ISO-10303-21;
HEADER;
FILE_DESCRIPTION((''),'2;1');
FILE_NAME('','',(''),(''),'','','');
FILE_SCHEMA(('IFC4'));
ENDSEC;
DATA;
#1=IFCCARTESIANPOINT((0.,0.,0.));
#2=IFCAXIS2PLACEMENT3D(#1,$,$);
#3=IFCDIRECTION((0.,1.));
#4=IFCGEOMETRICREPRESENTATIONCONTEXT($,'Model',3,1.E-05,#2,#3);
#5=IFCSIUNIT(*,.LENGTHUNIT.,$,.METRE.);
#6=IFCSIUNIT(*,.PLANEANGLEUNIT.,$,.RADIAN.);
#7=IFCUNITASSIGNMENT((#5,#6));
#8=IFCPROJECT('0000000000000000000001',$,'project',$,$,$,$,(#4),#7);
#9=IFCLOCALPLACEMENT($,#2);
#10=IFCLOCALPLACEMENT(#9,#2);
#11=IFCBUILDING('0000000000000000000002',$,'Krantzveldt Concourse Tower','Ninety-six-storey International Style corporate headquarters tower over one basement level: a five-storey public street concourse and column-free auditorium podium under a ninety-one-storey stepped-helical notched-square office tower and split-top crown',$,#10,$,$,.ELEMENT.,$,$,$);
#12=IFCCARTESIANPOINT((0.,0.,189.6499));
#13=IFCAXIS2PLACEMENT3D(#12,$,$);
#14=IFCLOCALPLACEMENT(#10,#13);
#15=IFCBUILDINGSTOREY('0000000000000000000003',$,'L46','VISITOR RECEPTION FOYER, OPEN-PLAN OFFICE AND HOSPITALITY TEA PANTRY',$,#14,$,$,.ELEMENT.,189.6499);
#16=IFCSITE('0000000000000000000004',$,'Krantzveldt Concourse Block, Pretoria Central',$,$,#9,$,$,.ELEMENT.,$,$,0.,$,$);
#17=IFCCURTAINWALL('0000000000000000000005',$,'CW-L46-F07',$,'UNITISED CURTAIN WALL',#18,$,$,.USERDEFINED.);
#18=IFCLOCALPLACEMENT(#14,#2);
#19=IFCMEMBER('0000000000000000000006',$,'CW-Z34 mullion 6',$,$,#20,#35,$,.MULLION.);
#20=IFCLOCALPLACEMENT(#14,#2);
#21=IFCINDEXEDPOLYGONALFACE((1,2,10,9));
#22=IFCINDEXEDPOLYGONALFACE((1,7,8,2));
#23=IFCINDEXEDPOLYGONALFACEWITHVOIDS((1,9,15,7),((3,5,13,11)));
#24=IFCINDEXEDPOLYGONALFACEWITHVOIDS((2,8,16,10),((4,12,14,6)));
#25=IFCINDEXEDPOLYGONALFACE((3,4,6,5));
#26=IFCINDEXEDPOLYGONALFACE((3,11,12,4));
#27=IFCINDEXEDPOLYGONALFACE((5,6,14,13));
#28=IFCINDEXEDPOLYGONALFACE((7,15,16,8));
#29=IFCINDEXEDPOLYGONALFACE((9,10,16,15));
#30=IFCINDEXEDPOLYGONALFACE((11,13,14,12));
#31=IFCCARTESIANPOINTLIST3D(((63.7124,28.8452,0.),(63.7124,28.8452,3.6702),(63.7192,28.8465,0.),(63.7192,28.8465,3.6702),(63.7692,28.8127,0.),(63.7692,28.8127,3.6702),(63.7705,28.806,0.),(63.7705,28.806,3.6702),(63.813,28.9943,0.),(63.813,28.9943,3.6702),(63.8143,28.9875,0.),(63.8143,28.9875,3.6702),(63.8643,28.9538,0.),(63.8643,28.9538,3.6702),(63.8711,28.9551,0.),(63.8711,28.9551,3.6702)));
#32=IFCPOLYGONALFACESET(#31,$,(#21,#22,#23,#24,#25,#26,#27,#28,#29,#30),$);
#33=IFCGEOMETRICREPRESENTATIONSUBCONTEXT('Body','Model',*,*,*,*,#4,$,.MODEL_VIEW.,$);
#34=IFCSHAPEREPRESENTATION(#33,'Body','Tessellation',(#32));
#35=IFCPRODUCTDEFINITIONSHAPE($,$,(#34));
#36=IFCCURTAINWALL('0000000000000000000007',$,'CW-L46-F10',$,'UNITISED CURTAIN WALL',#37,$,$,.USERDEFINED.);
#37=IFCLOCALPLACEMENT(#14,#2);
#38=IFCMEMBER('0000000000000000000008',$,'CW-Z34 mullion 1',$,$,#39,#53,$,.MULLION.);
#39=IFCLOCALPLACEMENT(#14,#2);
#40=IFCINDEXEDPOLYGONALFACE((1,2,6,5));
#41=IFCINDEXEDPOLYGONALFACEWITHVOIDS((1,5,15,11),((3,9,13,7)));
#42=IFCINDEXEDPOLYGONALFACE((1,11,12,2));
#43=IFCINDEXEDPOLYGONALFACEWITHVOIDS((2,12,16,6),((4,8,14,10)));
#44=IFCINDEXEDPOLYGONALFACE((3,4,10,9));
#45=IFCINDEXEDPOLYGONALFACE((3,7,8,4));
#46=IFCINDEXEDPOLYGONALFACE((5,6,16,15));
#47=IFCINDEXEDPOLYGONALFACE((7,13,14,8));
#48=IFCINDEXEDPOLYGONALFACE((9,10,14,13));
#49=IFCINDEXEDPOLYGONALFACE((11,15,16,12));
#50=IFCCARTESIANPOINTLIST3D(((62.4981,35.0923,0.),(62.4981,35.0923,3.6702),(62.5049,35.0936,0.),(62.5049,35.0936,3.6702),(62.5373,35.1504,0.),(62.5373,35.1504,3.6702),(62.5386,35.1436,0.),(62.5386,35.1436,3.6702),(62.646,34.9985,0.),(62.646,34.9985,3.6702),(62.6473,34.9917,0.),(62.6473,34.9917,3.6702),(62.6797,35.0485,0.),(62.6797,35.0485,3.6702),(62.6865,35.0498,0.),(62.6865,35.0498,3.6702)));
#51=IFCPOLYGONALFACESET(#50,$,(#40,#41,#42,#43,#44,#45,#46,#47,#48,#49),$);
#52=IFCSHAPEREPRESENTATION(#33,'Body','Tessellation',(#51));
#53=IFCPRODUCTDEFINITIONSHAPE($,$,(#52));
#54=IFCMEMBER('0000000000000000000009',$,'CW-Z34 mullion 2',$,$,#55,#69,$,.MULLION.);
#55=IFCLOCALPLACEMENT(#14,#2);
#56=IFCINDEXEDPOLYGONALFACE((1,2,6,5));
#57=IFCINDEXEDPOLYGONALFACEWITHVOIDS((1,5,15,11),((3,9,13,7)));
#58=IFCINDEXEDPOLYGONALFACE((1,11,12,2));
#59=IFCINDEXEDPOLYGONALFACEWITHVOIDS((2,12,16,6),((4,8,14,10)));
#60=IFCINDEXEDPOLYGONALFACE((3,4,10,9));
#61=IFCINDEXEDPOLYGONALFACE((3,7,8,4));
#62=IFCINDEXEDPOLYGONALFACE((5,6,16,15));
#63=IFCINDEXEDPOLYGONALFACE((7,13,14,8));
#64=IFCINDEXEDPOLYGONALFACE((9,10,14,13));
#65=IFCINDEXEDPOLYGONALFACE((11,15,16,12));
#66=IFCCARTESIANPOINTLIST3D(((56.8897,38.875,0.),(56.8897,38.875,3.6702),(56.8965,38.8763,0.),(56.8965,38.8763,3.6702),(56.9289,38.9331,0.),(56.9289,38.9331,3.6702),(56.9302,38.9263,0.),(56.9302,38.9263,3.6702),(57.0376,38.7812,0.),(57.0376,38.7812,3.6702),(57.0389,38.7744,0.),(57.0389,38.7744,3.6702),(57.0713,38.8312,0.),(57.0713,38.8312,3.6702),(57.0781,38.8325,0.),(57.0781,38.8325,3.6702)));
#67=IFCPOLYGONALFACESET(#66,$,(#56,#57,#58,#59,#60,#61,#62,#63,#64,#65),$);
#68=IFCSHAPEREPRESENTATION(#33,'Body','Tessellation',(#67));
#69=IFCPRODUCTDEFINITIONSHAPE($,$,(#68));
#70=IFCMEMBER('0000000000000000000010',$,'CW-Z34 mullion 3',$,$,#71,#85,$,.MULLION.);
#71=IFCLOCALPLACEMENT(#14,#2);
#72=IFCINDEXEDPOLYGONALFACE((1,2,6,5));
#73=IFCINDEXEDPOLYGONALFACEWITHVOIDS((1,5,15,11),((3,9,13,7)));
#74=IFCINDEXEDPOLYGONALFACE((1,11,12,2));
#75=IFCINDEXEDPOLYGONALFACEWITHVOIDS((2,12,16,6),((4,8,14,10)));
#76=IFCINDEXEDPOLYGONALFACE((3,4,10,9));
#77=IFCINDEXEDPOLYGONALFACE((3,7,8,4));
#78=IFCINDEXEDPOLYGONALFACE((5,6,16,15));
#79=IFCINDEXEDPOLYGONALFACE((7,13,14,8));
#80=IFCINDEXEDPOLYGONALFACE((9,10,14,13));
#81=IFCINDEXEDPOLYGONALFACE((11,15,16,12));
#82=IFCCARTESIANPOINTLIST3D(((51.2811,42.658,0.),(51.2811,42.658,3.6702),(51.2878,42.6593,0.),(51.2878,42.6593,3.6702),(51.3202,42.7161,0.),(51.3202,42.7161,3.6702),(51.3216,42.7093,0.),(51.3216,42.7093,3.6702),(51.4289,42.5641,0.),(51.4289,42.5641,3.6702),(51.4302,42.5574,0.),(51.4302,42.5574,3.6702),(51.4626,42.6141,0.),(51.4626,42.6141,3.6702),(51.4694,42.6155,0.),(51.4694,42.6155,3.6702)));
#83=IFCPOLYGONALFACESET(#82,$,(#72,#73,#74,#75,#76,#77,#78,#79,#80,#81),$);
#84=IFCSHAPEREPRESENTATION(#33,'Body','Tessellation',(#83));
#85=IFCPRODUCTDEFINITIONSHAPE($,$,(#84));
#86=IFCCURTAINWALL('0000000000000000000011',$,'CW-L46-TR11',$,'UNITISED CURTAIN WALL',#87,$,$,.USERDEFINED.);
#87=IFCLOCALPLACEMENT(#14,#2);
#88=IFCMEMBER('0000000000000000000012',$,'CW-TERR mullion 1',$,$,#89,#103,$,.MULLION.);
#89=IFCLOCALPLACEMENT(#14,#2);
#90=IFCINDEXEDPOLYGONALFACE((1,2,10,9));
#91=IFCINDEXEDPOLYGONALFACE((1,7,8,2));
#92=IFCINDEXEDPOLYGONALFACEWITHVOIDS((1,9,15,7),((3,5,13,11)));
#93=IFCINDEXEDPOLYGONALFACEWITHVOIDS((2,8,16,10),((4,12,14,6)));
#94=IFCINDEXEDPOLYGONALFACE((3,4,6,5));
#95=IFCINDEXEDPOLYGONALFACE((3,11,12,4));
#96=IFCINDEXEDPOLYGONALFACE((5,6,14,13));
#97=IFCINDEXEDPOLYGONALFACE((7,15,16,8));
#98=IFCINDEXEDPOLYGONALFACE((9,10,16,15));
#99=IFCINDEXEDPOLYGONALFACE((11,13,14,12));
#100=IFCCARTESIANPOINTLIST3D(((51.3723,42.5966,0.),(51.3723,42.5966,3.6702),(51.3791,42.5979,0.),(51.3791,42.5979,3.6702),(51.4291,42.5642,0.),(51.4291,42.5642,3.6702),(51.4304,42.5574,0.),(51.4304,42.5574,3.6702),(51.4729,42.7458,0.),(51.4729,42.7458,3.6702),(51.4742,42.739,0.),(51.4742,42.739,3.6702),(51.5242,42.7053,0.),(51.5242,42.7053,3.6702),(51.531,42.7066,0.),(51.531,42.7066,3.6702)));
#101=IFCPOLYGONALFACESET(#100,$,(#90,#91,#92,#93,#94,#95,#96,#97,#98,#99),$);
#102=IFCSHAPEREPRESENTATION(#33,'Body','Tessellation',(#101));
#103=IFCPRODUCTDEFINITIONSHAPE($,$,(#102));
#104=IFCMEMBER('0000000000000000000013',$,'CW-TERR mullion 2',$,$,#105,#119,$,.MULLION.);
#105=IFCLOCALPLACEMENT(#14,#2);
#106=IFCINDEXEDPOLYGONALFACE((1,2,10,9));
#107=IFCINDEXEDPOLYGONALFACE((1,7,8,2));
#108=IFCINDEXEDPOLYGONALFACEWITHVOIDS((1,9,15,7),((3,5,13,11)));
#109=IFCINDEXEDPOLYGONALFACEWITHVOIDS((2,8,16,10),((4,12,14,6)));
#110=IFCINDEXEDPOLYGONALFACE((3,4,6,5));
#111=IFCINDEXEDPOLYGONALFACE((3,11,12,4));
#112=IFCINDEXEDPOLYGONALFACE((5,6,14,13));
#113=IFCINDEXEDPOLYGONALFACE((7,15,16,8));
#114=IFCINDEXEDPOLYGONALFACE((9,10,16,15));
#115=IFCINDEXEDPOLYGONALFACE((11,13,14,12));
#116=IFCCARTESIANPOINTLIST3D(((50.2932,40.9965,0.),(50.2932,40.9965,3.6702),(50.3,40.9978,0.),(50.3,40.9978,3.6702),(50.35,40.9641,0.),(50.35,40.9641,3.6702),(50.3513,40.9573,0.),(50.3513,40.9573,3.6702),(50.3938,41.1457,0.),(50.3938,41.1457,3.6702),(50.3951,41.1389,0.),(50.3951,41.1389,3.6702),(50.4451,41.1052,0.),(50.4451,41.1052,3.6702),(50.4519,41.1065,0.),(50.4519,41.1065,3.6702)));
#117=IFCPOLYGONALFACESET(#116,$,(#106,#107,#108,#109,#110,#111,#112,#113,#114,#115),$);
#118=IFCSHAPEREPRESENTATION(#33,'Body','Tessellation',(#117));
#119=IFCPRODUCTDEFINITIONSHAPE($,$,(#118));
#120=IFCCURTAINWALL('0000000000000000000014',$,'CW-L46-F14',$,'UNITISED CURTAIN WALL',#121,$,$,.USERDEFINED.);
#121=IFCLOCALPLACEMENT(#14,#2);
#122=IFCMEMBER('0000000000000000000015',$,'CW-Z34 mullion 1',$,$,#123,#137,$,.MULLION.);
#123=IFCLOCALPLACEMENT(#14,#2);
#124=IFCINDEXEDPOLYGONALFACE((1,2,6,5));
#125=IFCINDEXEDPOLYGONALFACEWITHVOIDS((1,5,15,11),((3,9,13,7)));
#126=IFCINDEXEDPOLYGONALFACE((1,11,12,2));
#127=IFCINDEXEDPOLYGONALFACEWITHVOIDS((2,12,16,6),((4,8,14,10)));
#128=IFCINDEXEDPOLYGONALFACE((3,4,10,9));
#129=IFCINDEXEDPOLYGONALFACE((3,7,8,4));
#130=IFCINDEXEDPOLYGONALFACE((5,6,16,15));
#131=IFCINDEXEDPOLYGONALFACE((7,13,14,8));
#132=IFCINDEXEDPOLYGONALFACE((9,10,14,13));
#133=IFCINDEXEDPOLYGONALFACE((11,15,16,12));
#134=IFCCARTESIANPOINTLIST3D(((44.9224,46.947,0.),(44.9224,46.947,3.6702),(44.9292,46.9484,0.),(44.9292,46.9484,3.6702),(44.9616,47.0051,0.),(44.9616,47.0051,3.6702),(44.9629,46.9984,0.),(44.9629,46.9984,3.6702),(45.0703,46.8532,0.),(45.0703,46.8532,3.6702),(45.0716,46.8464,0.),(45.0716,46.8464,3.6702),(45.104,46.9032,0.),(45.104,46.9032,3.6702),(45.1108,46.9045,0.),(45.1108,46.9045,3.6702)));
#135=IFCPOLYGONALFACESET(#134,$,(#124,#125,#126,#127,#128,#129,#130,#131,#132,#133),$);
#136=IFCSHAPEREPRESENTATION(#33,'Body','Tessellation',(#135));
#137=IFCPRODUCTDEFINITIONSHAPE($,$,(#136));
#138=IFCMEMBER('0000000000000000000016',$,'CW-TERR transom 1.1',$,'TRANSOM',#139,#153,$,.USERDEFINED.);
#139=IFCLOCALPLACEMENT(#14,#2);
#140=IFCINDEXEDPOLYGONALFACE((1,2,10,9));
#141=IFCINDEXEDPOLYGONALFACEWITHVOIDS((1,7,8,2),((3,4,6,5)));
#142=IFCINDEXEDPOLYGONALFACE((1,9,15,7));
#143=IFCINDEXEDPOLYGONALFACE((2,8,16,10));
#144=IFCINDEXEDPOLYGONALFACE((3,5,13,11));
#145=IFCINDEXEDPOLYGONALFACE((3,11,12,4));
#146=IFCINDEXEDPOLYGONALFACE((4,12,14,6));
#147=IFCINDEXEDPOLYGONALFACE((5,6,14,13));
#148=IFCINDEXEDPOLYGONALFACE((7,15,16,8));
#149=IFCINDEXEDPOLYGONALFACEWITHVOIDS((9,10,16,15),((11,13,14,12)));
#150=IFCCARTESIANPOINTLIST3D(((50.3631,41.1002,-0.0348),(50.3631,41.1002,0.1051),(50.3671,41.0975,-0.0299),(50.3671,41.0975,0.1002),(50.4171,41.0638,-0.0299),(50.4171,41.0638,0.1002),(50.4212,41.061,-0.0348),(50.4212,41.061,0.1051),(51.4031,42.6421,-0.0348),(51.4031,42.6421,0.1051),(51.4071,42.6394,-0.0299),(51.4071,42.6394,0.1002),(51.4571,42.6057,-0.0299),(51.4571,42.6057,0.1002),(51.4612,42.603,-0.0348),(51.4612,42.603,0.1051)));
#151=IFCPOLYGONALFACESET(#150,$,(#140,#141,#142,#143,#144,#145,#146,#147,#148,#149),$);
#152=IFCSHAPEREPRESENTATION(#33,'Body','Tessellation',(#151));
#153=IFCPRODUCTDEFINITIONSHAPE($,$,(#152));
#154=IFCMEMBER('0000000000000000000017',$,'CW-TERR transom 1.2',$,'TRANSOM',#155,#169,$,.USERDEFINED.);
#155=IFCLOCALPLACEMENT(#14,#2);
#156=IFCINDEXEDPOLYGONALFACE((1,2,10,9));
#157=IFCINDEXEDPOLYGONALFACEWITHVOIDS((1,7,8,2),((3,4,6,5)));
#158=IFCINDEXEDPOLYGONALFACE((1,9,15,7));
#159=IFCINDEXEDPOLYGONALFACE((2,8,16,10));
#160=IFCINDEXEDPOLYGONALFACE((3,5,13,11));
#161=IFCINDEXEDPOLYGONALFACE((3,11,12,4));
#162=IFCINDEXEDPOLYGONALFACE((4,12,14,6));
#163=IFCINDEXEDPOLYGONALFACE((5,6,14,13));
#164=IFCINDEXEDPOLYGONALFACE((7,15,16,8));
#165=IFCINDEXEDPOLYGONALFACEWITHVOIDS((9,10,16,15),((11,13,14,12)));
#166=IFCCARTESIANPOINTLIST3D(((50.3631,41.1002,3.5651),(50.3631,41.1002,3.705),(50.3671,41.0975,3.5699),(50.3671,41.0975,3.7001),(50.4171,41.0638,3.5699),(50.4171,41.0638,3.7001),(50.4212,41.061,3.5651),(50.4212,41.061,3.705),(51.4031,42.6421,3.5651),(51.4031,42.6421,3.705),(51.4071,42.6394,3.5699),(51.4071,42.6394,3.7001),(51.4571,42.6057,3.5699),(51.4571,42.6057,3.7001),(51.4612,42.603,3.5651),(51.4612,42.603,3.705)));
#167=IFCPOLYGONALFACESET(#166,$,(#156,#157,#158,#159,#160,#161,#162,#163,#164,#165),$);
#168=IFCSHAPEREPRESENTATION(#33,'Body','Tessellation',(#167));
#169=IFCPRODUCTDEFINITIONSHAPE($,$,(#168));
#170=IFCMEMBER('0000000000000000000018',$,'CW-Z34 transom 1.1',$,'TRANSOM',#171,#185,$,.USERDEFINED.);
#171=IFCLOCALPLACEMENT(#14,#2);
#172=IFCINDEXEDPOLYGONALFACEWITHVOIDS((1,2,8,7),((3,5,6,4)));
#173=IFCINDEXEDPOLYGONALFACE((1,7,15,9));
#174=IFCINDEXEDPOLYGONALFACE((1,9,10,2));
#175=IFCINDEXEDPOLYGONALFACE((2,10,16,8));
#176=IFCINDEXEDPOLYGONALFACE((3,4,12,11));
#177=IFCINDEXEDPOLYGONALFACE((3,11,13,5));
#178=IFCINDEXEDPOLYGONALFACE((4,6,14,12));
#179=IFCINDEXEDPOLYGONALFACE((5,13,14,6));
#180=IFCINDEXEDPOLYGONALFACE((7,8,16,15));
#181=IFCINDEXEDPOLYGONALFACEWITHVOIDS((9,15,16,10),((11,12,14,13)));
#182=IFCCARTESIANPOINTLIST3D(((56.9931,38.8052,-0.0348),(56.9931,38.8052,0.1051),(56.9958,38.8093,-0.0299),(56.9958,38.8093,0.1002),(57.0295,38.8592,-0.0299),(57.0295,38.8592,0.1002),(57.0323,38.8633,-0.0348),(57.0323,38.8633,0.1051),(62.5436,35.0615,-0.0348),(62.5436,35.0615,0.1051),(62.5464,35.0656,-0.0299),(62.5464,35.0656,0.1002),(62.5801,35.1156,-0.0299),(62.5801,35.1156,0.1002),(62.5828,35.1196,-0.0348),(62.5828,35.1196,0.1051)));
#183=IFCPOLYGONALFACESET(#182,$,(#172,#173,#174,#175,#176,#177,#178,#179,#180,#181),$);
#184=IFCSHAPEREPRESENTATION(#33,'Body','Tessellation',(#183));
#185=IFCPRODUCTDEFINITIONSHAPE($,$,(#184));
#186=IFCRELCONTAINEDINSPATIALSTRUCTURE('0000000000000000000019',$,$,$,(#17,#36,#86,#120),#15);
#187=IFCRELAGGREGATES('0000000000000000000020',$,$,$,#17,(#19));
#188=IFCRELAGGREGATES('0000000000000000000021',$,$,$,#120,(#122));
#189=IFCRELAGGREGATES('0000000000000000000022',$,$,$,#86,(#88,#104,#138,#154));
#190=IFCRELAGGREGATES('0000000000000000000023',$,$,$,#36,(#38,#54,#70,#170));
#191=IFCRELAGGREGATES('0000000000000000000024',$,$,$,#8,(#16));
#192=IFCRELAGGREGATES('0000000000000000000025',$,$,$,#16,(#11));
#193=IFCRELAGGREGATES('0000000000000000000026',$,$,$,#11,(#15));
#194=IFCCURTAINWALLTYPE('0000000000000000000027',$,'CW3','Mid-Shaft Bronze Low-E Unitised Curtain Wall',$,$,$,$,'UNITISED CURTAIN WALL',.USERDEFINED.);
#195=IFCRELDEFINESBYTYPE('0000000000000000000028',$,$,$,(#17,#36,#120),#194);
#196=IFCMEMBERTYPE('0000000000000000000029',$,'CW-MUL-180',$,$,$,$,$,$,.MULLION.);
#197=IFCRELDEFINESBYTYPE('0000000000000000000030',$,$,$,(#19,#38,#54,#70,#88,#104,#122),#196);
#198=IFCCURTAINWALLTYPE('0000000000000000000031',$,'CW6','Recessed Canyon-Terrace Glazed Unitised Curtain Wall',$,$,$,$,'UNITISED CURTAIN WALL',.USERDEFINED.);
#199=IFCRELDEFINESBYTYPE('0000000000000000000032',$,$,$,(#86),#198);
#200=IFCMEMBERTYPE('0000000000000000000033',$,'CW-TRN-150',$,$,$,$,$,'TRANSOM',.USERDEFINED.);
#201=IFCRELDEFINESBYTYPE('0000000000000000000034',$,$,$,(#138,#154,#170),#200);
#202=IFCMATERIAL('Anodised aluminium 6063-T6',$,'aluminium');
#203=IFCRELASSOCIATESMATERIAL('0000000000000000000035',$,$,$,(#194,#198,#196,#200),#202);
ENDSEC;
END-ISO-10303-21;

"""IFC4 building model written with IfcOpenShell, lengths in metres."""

from ifc_helpers import new_model, si_unit, direction, frame, origin, origin_2d, place, context, subcontext, project, spatial, hollow_rectangle, extrude, source, transform, mapped, material, material_profile, profile_set, type_object, type_shapes, element, aggregate, save


model = new_model("IFC4")

# Units and contexts
model_context = context("Model", 3, precision=1e-05, world=origin(), true_north=direction((0.0, 1.0)))
body_context = subcontext(model_context, "Body", "Model", "MODEL_VIEW")
ifc_project = project(units=[si_unit("LENGTHUNIT", "METRE"), si_unit("PLANEANGLEUNIT", "RADIAN")], contexts=[model_context])

# Site, building, storey
site_placement = place(None, origin())
site = spatial("IfcSite", under=ifc_project, at=site_placement, Name="Krantzveldt Concourse Block, Pretoria Central", CompositionType="ELEMENT", RefElevation=0.0)
building_placement = place(site_placement, origin())
building = spatial("IfcBuilding", under=site, at=building_placement, Name="Krantzveldt Concourse Tower", Description="Ninety-six-storey International Style corporate headquarters tower over one basement level: a five-storey public street concourse and column-free auditorium podium under a ninety-one-storey stepped-helical notched-square office tower and split-top crown", CompositionType="ELEMENT")
storey_placement = place(building_placement, frame((0.0, 0.0, 189.6499)))
storey = spatial("IfcBuildingStorey", under=building, at=storey_placement, Name="L46", Description="VISITOR RECEPTION FOYER, OPEN-PLAN OFFICE AND HOSPITALITY TEA PANTRY", CompositionType="ELEMENT", Elevation=189.6499)

# Curtain wall, member
ifc_material_1 = material(Name="Anodised aluminium 6063-T6", Category="aluminium")
curtain_wall_type_1 = type_object("IfcCurtainWallType", Name="CW3", Description="Mid-Shaft Bronze Low-E Unitised Curtain Wall", ElementType="UNITISED CURTAIN WALL", PredefinedType="USERDEFINED", material=ifc_material_1)
curtain_wall_1_placement = place(storey_placement, origin())
curtain_wall_1 = element("IfcCurtainWall", 1, at=curtain_wall_1_placement, inside=storey, type_object=curtain_wall_type_1, Name="CW-L46-F07", ObjectType="UNITISED CURTAIN WALL", PredefinedType="USERDEFINED")
ifc_material_profile_1 = material_profile(ifc_material_1, hollow_rectangle(XDim=0.0701, YDim=0.1799, WallThickness=0.0049, at=origin_2d()), Name="Anodised aluminium 6063-T6", Category="aluminium")
ifc_profile_set_1 = profile_set([ifc_material_profile_1], Name="Anodised aluminium 6063-T6 - ALU-MULL 180x70x5")
member_type_1 = type_object("IfcMemberType", Name="CW-MUL-180", PredefinedType="MULLION", material=ifc_profile_set_1)
shared_shape_1 = source(origin(), body_context, "Body", "SweptSolid", [
    extrude(hollow_rectangle(XDim=0.0701, YDim=0.1799, WallThickness=0.0049, at=origin_2d()), origin(), (0.0, 0.0, 1.0), 3.6702),
])
type_shapes(member_type_1, [shared_shape_1])
member_1_placement = place(storey_placement, frame((63.7917, 28.9001, 0.0), z_axis=(0.0, 0.0, 1.0), x_axis=(-0.829038, 0.559193, 0.0)))
member_1 = element("IfcMember", 2, at=member_1_placement, type_object=member_type_1, Name="CW-Z34 mullion 6", PredefinedType="MULLION", context=body_context, shape_type="MappedRepresentation", body=[
    mapped(shared_shape_1, transform((0.0, 0.0, 0.0), x_axis=(1.0, 0.0, 0.0), y_axis=(0.0, 1.0, 0.0), z_axis=(0.0, 0.0, 1.0), scale=1.0)),
])
aggregate(curtain_wall_1, [member_1])

# Curtain walls, members
curtain_wall_2_placement = place(storey_placement, origin())
curtain_wall_2 = element("IfcCurtainWall", 3, at=curtain_wall_2_placement, inside=storey, type_object=curtain_wall_type_1, Name="CW-L46-F10", ObjectType="UNITISED CURTAIN WALL", PredefinedType="USERDEFINED")
member_2_placement = place(storey_placement, frame((62.5923, 35.071, 0.0), z_axis=(0.0, 0.0, 1.0), x_axis=(-0.559193, -0.829038, 0.0)))
member_2 = element("IfcMember", 4, at=member_2_placement, type_object=member_type_1, Name="CW-Z34 mullion 1", PredefinedType="MULLION", context=body_context, shape_type="MappedRepresentation", body=[
    mapped(shared_shape_1, transform((0.0, 0.0, 0.0), x_axis=(1.0, 0.0, 0.0), y_axis=(0.0, 1.0, 0.0), z_axis=(0.0, 0.0, 1.0), scale=1.0)),
])
member_3_placement = place(storey_placement, frame((56.9839, 38.8538, 0.0), z_axis=(0.0, 0.0, 1.0), x_axis=(-0.559193, -0.829038, 0.0)))
member_3 = element("IfcMember", 5, at=member_3_placement, type_object=member_type_1, Name="CW-Z34 mullion 2", PredefinedType="MULLION", context=body_context, shape_type="MappedRepresentation", body=[
    mapped(shared_shape_1, transform((0.0, 0.0, 0.0), x_axis=(1.0, 0.0, 0.0), y_axis=(0.0, 1.0, 0.0), z_axis=(0.0, 0.0, 1.0), scale=1.0)),
])
member_4_placement = place(storey_placement, frame((51.3752, 42.6367, 0.0), z_axis=(0.0, 0.0, 1.0), x_axis=(-0.559193, -0.829038, 0.0)))
member_4 = element("IfcMember", 6, at=member_4_placement, type_object=member_type_1, Name="CW-Z34 mullion 3", PredefinedType="MULLION", context=body_context, shape_type="MappedRepresentation", body=[
    mapped(shared_shape_1, transform((0.0, 0.0, 0.0), x_axis=(1.0, 0.0, 0.0), y_axis=(0.0, 1.0, 0.0), z_axis=(0.0, 0.0, 1.0), scale=1.0)),
])
curtain_wall_type_2 = type_object("IfcCurtainWallType", Name="CW6", Description="Recessed Canyon-Terrace Glazed Unitised Curtain Wall", ElementType="UNITISED CURTAIN WALL", PredefinedType="USERDEFINED", material=ifc_material_1)
curtain_wall_3_placement = place(storey_placement, origin())
curtain_wall_3 = element("IfcCurtainWall", 7, at=curtain_wall_3_placement, inside=storey, type_object=curtain_wall_type_2, Name="CW-L46-TR11", ObjectType="UNITISED CURTAIN WALL", PredefinedType="USERDEFINED")
member_5_placement = place(storey_placement, frame((51.4517, 42.6516, 0.0), z_axis=(0.0, 0.0, 1.0), x_axis=(0.829037, -0.559193, 0.0)))
member_5 = element("IfcMember", 8, at=member_5_placement, type_object=member_type_1, Name="CW-TERR mullion 1", PredefinedType="MULLION", context=body_context, shape_type="MappedRepresentation", body=[
    mapped(shared_shape_1, transform((0.0, 0.0, 0.0), x_axis=(1.0, 0.0, 0.0), y_axis=(0.0, 1.0, 0.0), z_axis=(0.0, 0.0, 1.0), scale=1.0)),
])
member_6_placement = place(storey_placement, frame((50.3726, 41.0515, 0.0), z_axis=(0.0, 0.0, 1.0), x_axis=(0.829037, -0.559193, 0.0)))
member_6 = element("IfcMember", 9, at=member_6_placement, type_object=member_type_1, Name="CW-TERR mullion 2", PredefinedType="MULLION", context=body_context, shape_type="MappedRepresentation", body=[
    mapped(shared_shape_1, transform((0.0, 0.0, 0.0), x_axis=(1.0, 0.0, 0.0), y_axis=(0.0, 1.0, 0.0), z_axis=(0.0, 0.0, 1.0), scale=1.0)),
])

# Curtain wall, member
curtain_wall_4_placement = place(storey_placement, origin())
curtain_wall_4 = element("IfcCurtainWall", 10, at=curtain_wall_4_placement, inside=storey, type_object=curtain_wall_type_1, Name="CW-L46-F14", ObjectType="UNITISED CURTAIN WALL", PredefinedType="USERDEFINED")
member_7_placement = place(storey_placement, frame((45.0166, 46.9258, 0.0), z_axis=(0.0, 0.0, 1.0), x_axis=(-0.559193, -0.829038, 0.0)))
member_7 = element("IfcMember", 11, at=member_7_placement, type_object=member_type_1, Name="CW-Z34 mullion 1", PredefinedType="MULLION", context=body_context, shape_type="MappedRepresentation", body=[
    mapped(shared_shape_1, transform((0.0, 0.0, 0.0), x_axis=(1.0, 0.0, 0.0), y_axis=(0.0, 1.0, 0.0), z_axis=(0.0, 0.0, 1.0), scale=1.0)),
])
aggregate(curtain_wall_4, [member_7])

# Members
ifc_material_profile_2 = material_profile(ifc_material_1, hollow_rectangle(XDim=0.0701, YDim=0.1399, WallThickness=0.0049, at=origin_2d()), Name="Anodised aluminium 6063-T6", Category="aluminium")
ifc_profile_set_2 = profile_set([ifc_material_profile_2], Name="Anodised aluminium 6063-T6 - ALU-TRAN 140x70x5")
member_type_2 = type_object("IfcMemberType", Name="CW-TRN-150", ElementType="TRANSOM", PredefinedType="USERDEFINED", material=ifc_profile_set_2)
shared_shape_2 = source(origin(), body_context, "Body", "SweptSolid", [
    extrude(hollow_rectangle(XDim=0.0701, YDim=0.1399, WallThickness=0.0049, at=origin_2d()), origin(), (0.0, 0.0, 1.0), 1.8599),
])
member_8_placement = place(storey_placement, frame((51.4321, 42.6226, 0.0352), z_axis=(-0.559175, -0.829049, 0.0), x_axis=(0.829049, -0.559175, 0.0)))
member_8 = element("IfcMember", 12, at=member_8_placement, type_object=member_type_2, Name="CW-TERR transom 1.1", ObjectType="TRANSOM", PredefinedType="USERDEFINED", context=body_context, shape_type="MappedRepresentation", body=[
    mapped(shared_shape_2, transform((0.0, 0.0, 0.0), x_axis=(1.0, 0.0, 0.0), y_axis=(0.0, 1.0, 0.0), z_axis=(0.0, 0.0, 1.0), scale=1.0)),
])
member_9_placement = place(storey_placement, frame((51.4321, 42.6226, 3.635), z_axis=(-0.559175, -0.829049, 0.0), x_axis=(0.829049, -0.559175, 0.0)))
member_9 = element("IfcMember", 13, at=member_9_placement, type_object=member_type_2, Name="CW-TERR transom 1.2", ObjectType="TRANSOM", PredefinedType="USERDEFINED", context=body_context, shape_type="MappedRepresentation", body=[
    mapped(shared_shape_2, transform((0.0, 0.0, 0.0), x_axis=(1.0, 0.0, 0.0), y_axis=(0.0, 1.0, 0.0), z_axis=(0.0, 0.0, 1.0), scale=1.0)),
])
shared_shape_3 = source(origin(), body_context, "Body", "SweptSolid", [
    extrude(hollow_rectangle(XDim=0.0701, YDim=0.1399, WallThickness=0.0049, at=origin_2d()), origin(), (0.0, 0.0, 1.0), 6.6951),
])
type_shapes(member_type_2, [shared_shape_2, shared_shape_3])
member_10_placement = place(storey_placement, frame((62.5632, 35.0906, 0.0352), z_axis=(-0.829054, 0.559169, 0.0), x_axis=(-0.559169, -0.829054, 0.0)))
member_10 = element("IfcMember", 14, at=member_10_placement, type_object=member_type_2, Name="CW-Z34 transom 1.1", ObjectType="TRANSOM", PredefinedType="USERDEFINED", context=body_context, shape_type="MappedRepresentation", body=[
    mapped(shared_shape_3, transform((0.0, 0.0, 0.0), x_axis=(1.0, 0.0, 0.0), y_axis=(0.0, 1.0, 0.0), z_axis=(0.0, 0.0, 1.0), scale=1.0)),
])

aggregate(curtain_wall_3, [member_5, member_6, member_8, member_9])
aggregate(curtain_wall_2, [member_2, member_3, member_4, member_10])

save(model, "model.ifc")
